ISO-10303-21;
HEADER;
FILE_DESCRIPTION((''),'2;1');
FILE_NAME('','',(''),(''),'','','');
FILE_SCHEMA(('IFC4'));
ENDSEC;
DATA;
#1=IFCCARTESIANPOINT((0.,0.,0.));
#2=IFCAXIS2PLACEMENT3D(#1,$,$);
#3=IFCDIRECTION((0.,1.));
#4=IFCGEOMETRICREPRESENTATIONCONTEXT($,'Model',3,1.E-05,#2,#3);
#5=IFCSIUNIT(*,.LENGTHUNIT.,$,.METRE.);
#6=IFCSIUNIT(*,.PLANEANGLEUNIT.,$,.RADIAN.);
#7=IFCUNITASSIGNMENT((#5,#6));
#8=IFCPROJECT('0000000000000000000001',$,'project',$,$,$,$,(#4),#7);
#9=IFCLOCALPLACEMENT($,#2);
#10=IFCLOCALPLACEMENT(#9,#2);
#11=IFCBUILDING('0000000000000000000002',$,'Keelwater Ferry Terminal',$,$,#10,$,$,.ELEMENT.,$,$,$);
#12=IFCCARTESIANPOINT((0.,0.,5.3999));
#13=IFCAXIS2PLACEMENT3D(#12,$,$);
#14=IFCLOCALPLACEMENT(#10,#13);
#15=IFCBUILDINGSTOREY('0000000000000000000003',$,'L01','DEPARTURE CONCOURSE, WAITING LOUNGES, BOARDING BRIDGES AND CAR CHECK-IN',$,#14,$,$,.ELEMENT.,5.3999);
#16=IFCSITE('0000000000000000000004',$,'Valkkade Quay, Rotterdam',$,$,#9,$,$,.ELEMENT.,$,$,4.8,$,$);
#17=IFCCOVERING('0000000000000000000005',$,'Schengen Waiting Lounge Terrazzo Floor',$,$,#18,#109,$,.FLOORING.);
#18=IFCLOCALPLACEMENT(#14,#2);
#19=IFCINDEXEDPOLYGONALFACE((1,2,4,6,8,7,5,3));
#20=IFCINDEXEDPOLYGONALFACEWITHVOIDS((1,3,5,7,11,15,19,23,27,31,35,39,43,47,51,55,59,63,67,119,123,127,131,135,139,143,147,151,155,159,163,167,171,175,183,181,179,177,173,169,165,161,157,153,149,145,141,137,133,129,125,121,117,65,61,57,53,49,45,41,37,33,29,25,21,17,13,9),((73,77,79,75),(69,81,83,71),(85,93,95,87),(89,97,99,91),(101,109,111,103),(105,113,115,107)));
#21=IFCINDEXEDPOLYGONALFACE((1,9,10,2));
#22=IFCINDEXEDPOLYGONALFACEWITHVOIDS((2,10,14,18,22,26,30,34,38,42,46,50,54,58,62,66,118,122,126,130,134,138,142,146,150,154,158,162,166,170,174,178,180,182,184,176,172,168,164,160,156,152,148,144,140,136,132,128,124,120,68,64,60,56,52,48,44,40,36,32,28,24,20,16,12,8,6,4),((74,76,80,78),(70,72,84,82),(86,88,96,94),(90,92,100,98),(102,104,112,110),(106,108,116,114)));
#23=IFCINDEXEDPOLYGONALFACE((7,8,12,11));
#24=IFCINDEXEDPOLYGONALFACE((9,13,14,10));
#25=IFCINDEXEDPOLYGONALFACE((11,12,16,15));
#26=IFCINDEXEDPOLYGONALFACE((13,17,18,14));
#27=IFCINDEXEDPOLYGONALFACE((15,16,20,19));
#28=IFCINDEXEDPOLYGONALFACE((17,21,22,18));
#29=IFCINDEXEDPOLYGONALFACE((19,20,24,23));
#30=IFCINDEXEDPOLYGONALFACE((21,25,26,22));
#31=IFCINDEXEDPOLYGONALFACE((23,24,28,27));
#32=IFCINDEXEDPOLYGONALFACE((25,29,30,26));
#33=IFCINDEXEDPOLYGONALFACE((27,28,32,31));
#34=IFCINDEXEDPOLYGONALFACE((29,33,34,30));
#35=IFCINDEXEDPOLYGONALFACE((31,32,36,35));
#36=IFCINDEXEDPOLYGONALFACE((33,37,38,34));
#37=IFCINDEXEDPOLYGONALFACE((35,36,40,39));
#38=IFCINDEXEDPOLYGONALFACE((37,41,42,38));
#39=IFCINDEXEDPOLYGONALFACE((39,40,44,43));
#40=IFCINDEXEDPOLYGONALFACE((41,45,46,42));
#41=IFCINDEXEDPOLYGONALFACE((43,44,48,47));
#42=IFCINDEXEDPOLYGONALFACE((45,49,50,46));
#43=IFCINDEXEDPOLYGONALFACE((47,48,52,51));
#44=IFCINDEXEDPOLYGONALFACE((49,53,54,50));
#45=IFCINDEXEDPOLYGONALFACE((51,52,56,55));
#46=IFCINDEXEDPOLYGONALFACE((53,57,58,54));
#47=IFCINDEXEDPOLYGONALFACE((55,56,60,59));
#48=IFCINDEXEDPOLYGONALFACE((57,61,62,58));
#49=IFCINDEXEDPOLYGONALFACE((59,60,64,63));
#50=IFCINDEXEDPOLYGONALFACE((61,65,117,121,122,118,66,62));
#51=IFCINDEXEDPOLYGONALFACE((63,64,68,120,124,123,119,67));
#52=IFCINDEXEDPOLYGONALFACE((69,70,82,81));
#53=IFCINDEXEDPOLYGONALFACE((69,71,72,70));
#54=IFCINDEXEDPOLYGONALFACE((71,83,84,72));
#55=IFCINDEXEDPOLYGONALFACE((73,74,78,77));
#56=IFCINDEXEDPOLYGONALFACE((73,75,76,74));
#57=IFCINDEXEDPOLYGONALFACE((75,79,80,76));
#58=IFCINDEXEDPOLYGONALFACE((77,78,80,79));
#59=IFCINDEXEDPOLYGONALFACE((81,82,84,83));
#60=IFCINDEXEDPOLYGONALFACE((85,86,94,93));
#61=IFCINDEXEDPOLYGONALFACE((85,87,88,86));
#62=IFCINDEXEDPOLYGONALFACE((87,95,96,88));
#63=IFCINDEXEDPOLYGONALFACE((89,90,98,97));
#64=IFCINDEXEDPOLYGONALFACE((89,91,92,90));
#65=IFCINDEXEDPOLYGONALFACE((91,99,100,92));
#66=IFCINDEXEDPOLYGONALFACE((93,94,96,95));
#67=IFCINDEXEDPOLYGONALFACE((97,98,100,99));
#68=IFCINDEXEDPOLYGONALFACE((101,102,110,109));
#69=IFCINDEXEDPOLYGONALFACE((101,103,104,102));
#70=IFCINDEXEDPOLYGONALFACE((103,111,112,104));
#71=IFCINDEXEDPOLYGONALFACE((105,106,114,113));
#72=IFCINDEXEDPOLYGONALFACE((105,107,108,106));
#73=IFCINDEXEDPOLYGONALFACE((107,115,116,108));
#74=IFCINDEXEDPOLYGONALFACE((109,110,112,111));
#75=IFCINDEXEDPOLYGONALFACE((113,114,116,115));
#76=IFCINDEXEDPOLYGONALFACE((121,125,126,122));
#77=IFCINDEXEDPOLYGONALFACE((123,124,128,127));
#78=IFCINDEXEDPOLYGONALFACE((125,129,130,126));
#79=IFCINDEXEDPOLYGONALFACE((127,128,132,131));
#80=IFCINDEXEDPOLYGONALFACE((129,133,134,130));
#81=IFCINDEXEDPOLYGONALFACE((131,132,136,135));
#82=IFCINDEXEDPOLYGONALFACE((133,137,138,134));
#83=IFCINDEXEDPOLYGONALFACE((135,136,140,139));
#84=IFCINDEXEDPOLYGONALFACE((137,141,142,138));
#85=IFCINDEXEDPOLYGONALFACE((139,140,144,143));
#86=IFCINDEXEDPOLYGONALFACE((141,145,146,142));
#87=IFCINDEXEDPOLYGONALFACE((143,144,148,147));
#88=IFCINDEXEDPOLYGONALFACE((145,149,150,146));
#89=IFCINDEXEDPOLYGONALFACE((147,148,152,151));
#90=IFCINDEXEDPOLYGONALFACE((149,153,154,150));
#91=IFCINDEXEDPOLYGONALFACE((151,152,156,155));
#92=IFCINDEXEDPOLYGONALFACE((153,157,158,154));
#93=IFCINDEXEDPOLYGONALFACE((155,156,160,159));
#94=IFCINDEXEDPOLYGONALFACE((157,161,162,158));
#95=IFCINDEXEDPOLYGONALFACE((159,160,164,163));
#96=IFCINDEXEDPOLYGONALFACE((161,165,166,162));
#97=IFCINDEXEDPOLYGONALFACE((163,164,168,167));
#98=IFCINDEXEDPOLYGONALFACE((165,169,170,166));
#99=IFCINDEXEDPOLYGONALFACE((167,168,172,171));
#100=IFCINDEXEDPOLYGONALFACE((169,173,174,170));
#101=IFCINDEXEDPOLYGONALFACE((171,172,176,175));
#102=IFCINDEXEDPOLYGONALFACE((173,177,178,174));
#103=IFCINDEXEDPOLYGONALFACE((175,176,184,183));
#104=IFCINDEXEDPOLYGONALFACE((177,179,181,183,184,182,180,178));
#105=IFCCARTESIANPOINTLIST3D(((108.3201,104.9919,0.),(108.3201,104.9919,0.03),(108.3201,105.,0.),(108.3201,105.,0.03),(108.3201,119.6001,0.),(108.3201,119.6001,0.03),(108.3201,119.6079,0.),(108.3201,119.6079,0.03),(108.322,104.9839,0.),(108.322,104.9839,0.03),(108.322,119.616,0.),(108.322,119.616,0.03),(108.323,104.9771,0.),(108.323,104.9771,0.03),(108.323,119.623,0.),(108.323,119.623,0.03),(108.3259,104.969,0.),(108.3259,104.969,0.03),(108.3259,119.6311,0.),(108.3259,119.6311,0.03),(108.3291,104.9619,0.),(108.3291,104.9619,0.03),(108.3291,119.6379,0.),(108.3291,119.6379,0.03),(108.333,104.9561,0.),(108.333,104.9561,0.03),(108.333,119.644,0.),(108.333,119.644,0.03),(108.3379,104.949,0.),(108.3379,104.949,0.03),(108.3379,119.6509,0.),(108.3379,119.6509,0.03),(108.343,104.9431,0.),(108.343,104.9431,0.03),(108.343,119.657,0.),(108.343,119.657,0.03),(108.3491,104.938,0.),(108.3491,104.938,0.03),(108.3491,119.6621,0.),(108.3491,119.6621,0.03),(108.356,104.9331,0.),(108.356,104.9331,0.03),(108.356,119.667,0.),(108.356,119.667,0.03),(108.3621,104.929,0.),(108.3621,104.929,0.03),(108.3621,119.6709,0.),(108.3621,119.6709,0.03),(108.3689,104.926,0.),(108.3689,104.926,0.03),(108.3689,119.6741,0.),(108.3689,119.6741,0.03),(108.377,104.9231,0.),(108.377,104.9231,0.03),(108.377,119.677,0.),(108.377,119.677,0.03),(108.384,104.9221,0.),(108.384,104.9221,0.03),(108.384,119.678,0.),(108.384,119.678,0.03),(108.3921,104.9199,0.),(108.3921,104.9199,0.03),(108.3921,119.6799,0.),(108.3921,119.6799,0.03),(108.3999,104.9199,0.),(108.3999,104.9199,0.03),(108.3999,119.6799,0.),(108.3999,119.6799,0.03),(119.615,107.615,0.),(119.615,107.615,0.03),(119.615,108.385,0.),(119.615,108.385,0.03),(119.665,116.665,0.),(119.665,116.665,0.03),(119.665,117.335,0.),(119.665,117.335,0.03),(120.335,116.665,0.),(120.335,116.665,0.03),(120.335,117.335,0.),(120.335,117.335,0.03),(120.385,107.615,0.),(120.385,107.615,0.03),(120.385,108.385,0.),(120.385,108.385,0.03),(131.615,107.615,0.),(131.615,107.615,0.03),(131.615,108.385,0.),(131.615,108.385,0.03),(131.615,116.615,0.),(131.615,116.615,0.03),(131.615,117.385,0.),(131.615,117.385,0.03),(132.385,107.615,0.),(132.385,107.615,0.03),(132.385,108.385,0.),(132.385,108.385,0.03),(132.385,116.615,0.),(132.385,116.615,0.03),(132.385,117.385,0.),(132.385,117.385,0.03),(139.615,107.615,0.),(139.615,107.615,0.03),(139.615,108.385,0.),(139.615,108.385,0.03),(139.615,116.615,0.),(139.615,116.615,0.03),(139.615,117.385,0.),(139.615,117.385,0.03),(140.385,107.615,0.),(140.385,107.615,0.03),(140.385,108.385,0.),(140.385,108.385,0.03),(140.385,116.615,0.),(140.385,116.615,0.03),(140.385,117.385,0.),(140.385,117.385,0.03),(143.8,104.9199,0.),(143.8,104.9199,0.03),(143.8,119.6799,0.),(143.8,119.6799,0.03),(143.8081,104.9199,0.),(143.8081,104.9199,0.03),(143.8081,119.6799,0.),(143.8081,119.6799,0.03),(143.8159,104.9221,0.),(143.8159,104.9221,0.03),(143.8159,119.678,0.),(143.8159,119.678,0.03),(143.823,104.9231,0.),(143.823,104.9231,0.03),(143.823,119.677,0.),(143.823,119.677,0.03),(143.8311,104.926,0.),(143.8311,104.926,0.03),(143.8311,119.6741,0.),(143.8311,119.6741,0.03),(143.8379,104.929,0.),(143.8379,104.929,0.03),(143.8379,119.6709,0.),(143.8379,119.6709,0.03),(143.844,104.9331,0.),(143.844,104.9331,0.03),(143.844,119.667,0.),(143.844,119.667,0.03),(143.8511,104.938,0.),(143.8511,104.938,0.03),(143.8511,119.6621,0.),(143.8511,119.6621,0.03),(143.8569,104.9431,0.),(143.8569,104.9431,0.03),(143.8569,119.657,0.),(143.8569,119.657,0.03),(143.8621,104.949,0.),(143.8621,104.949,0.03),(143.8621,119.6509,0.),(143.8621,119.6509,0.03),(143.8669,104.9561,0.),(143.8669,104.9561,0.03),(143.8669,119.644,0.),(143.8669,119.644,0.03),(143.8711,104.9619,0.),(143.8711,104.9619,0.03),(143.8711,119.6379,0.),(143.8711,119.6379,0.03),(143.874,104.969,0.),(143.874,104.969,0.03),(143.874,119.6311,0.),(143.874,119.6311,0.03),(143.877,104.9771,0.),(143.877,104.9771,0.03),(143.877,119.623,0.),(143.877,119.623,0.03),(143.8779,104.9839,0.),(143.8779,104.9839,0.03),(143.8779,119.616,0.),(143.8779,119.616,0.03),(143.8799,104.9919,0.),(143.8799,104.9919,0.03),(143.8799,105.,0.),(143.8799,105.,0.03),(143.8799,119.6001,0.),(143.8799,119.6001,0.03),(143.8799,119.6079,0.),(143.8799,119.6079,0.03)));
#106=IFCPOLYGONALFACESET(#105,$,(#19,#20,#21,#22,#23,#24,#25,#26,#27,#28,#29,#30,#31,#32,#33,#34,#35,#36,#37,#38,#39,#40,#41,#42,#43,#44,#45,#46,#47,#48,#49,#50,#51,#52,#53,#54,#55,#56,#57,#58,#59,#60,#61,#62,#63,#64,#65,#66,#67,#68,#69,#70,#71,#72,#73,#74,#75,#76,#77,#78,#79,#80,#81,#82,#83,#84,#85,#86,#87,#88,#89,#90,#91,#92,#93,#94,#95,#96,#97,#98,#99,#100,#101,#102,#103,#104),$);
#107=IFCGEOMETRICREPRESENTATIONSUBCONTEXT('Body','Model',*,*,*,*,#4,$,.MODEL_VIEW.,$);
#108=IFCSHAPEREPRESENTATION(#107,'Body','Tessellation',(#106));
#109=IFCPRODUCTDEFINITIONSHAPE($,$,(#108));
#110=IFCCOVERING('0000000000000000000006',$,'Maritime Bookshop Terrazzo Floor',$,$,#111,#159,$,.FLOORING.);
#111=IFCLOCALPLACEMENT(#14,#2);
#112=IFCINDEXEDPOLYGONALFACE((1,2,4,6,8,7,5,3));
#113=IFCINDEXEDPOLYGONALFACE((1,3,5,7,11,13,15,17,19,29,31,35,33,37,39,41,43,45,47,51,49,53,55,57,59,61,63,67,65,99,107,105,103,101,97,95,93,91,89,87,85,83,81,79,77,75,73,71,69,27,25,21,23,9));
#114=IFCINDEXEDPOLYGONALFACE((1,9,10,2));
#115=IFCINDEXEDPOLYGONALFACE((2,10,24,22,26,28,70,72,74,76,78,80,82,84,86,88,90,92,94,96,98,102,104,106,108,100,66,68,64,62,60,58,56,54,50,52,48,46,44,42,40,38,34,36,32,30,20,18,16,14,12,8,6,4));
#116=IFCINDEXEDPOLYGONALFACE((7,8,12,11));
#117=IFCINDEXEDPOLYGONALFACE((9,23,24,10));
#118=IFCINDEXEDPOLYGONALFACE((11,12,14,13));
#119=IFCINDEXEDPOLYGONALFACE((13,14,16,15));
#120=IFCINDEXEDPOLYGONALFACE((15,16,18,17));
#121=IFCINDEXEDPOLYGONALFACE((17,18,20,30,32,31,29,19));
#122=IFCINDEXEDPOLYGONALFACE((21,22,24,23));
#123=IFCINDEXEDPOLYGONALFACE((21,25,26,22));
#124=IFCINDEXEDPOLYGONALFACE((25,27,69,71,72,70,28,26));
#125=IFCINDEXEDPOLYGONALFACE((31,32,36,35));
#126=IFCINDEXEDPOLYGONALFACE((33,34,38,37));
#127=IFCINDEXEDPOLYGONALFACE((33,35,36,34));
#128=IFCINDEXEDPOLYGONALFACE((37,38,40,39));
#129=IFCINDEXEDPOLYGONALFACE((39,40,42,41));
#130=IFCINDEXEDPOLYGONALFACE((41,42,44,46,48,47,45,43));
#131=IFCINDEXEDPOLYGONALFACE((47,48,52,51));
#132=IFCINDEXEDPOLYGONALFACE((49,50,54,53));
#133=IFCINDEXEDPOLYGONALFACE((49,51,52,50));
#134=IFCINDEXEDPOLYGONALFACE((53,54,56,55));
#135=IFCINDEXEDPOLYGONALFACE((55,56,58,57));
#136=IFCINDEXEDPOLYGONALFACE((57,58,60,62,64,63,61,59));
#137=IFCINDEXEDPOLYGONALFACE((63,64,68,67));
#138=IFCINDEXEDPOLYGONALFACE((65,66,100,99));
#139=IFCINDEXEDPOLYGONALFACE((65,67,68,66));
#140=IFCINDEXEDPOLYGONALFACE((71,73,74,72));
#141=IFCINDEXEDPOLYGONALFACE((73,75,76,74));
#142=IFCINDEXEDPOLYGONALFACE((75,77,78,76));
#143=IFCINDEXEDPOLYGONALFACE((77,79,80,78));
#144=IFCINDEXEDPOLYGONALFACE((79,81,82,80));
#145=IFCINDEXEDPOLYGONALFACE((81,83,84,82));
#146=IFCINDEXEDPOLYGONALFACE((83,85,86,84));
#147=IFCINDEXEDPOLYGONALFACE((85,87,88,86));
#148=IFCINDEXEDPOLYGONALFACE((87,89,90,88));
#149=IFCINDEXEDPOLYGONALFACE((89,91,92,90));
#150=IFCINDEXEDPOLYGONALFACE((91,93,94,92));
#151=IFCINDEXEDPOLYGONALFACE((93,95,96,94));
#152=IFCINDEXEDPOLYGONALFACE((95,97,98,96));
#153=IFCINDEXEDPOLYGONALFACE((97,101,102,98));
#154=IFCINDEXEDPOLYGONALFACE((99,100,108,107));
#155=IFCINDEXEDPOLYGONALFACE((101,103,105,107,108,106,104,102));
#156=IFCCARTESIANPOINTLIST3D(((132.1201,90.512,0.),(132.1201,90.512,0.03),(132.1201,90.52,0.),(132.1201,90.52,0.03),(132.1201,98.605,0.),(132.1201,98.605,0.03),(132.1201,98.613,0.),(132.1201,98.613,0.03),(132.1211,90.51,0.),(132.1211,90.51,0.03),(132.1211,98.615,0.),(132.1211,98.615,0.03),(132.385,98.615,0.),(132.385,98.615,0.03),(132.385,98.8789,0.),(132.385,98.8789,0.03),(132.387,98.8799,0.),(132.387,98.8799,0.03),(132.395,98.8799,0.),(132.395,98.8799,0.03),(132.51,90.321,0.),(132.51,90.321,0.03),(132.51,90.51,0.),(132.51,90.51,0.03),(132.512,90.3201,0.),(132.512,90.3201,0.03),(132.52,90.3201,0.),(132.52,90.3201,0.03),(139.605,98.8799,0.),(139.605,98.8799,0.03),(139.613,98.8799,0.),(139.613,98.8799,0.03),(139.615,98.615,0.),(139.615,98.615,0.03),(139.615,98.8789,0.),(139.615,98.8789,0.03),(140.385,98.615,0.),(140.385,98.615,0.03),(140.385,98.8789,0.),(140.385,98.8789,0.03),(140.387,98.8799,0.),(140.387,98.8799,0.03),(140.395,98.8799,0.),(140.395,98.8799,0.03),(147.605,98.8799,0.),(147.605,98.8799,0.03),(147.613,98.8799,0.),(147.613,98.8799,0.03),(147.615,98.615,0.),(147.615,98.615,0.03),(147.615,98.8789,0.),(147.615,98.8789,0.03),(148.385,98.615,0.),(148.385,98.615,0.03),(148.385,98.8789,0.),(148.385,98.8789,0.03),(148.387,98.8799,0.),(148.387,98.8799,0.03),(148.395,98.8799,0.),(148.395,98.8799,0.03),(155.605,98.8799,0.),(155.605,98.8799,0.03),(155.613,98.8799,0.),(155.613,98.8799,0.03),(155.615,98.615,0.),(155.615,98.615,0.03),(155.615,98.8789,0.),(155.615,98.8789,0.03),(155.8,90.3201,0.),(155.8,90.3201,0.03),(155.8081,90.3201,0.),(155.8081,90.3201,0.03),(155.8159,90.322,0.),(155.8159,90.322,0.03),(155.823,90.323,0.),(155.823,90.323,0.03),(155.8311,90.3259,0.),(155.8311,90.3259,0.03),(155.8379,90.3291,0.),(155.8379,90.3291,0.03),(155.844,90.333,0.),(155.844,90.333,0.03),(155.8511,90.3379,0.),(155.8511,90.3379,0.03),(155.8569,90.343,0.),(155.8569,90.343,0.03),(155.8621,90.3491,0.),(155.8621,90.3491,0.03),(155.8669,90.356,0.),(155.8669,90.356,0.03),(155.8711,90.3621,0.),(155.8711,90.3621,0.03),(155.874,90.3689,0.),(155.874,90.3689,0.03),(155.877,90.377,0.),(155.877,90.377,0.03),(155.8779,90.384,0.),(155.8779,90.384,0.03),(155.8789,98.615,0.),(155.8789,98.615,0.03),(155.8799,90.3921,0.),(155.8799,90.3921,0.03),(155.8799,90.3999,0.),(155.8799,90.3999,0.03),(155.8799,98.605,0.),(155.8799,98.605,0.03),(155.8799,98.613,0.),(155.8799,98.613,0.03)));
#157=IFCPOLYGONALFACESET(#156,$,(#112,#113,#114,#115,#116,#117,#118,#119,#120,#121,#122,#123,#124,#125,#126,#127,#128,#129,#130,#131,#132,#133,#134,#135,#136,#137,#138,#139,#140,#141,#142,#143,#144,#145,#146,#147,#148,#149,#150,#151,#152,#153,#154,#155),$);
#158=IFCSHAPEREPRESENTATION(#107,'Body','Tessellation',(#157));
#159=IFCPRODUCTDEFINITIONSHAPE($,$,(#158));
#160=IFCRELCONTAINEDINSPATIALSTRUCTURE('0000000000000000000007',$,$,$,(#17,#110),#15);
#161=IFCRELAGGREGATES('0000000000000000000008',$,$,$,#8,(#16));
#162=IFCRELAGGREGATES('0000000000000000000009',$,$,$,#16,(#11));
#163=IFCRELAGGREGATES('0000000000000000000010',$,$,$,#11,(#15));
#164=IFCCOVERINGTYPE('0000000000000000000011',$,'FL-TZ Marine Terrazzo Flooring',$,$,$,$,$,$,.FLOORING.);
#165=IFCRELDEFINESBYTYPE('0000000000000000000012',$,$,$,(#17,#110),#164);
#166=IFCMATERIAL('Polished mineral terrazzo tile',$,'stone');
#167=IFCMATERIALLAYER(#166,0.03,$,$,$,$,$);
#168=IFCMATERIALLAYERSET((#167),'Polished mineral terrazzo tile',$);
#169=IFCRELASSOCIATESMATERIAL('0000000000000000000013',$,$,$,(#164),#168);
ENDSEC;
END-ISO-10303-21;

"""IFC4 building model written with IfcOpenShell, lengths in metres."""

from ifc_helpers import new_model, si_unit, direction, frame, origin, place, context, subcontext, project, spatial, polyline, outline, extrude, material, layer, layer_set, type_object, element, save


model = new_model("IFC4")

# Units and contexts
model_context = context("Model", 3, precision=1e-05, world=origin(), true_north=direction((0.0, 1.0)))
body_context = subcontext(model_context, "Body", "Model", "MODEL_VIEW")
ifc_project = project(units=[si_unit("LENGTHUNIT", "METRE"), si_unit("PLANEANGLEUNIT", "RADIAN")], contexts=[model_context])

# Site, building, storey
site_placement = place(None, origin())
site = spatial("IfcSite", under=ifc_project, at=site_placement, Name="Valkkade Quay, Rotterdam", CompositionType="ELEMENT", RefElevation=4.8)
building_placement = place(site_placement, origin())
building = spatial("IfcBuilding", under=site, at=building_placement, Name="Keelwater Ferry Terminal", CompositionType="ELEMENT")
storey_placement = place(building_placement, frame((0.0, 0.0, 5.3999)))
storey = spatial("IfcBuildingStorey", under=building, at=storey_placement, Name="L01", Description="DEPARTURE CONCOURSE, WAITING LOUNGES, BOARDING BRIDGES AND CAR CHECK-IN", CompositionType="ELEMENT", Elevation=5.3999)

# Coverings
ifc_material_1 = material(Name="Polished mineral terrazzo tile", Category="stone")
ifc_layer_1 = layer(ifc_material_1, 0.03)
ifc_layer_set_1 = layer_set([ifc_layer_1], Name="Polished mineral terrazzo tile")
covering_type_1 = type_object("IfcCoveringType", Name="FL-TZ Marine Terrazzo Flooring", PredefinedType="FLOORING", material=ifc_layer_set_1)
covering_1_placement = place(storey_placement, origin())
element("IfcCovering", 1, at=covering_1_placement, inside=storey, type_object=covering_type_1, Name="Schengen Waiting Lounge Terrazzo Floor", PredefinedType="FLOORING", context=body_context, shape_type="SweptSolid", body=[
    extrude(outline(polyline([(143.8159, 119.678), (143.823, 119.677), (143.8311, 119.6741), (143.8379, 119.6709), (143.844, 119.667), (143.8511, 119.6621), (143.8569, 119.657), (143.8621, 119.6509), (143.8669, 119.644), (143.8711, 119.6379), (143.874, 119.6311), (143.877, 119.623), (143.8779, 119.616), (143.8799, 119.6079), (143.8799, 119.6001), (143.8799, 105.0), (143.8799, 104.9919), (143.8779, 104.9839), (143.877, 104.9771), (143.874, 104.969), (143.8711, 104.9619), (143.8669, 104.9561), (143.8621, 104.949), (143.8569, 104.9431), (143.8511, 104.938), (143.844, 104.9331), (143.8379, 104.929), (143.8311, 104.926), (143.823, 104.9231), (143.8159, 104.9221), (143.8081, 104.9199), (143.8, 104.9199), (108.3999, 104.9199), (108.3921, 104.9199), (108.384, 104.9221), (108.377, 104.9231), (108.3689, 104.926), (108.3621, 104.929), (108.356, 104.9331), (108.3491, 104.938), (108.343, 104.9431), (108.3379, 104.949), (108.333, 104.9561), (108.3291, 104.9619), (108.3259, 104.969), (108.323, 104.9771), (108.322, 104.9839), (108.3201, 104.9919), (108.3201, 105.0), (108.3201, 119.6001), (108.3201, 119.6079), (108.322, 119.616), (108.323, 119.623), (108.3259, 119.6311), (108.3291, 119.6379), (108.333, 119.644), (108.3379, 119.6509), (108.343, 119.657), (108.3491, 119.6621), (108.356, 119.667), (108.3621, 119.6709), (108.3689, 119.6741), (108.377, 119.677), (108.384, 119.678), (108.3921, 119.6799), (108.3999, 119.6799), (143.8, 119.6799), (143.8081, 119.6799), (143.8159, 119.678)]), holes=[polyline([(119.615, 108.385), (119.615, 107.615), (120.385, 107.615), (120.385, 108.385), (119.615, 108.385)]), polyline([(119.665, 117.335), (119.665, 116.665), (120.335, 116.665), (120.335, 117.335), (119.665, 117.335)]), polyline([(132.385, 108.385), (131.615, 108.385), (131.615, 107.615), (132.385, 107.615), (132.385, 108.385)]), polyline([(139.615, 108.385), (139.615, 107.615), (140.385, 107.615), (140.385, 108.385), (139.615, 108.385)]), polyline([(131.615, 117.385), (131.615, 116.615), (132.385, 116.615), (132.385, 117.385), (131.615, 117.385)]), polyline([(140.385, 117.385), (139.615, 117.385), (139.615, 116.615), (140.385, 116.615), (140.385, 117.385)])]), origin(), (0.0, 0.0, 1.0), 0.03),
])
covering_2_placement = place(storey_placement, origin())
element("IfcCovering", 2, at=covering_2_placement, inside=storey, type_object=covering_type_1, Name="Maritime Bookshop Terrazzo Floor", PredefinedType="FLOORING", context=body_context, shape_type="SweptSolid", body=[
    extrude(outline(polyline([(139.615, 98.8789), (139.615, 98.615), (140.385, 98.615), (140.385, 98.8789), (140.387, 98.8799), (140.395, 98.8799), (147.605, 98.8799), (147.613, 98.8799), (147.615, 98.8789), (147.615, 98.615), (148.385, 98.615), (148.385, 98.8789), (148.387, 98.8799), (148.395, 98.8799), (155.605, 98.8799), (155.613, 98.8799), (155.615, 98.8789), (155.615, 98.615), (155.8789, 98.615), (155.8799, 98.613), (155.8799, 98.605), (155.8799, 90.3999), (155.8799, 90.3921), (155.8779, 90.384), (155.877, 90.377), (155.874, 90.3689), (155.8711, 90.3621), (155.8669, 90.356), (155.8621, 90.3491), (155.8569, 90.343), (155.8511, 90.3379), (155.844, 90.333), (155.8379, 90.3291), (155.8311, 90.3259), (155.823, 90.323), (155.8159, 90.322), (155.8081, 90.3201), (155.8, 90.3201), (132.52, 90.3201), (132.512, 90.3201), (132.51, 90.321), (132.51, 90.51), (132.1211, 90.51), (132.1201, 90.512), (132.1201, 90.52), (132.1201, 98.605), (132.1201, 98.613), (132.1211, 98.615), (132.385, 98.615), (132.385, 98.8789), (132.387, 98.8799), (132.395, 98.8799), (139.605, 98.8799), (139.613, 98.8799), (139.615, 98.8789)])), origin(), (0.0, 0.0, 1.0), 0.03),
])

save(model, "model.ifc")
